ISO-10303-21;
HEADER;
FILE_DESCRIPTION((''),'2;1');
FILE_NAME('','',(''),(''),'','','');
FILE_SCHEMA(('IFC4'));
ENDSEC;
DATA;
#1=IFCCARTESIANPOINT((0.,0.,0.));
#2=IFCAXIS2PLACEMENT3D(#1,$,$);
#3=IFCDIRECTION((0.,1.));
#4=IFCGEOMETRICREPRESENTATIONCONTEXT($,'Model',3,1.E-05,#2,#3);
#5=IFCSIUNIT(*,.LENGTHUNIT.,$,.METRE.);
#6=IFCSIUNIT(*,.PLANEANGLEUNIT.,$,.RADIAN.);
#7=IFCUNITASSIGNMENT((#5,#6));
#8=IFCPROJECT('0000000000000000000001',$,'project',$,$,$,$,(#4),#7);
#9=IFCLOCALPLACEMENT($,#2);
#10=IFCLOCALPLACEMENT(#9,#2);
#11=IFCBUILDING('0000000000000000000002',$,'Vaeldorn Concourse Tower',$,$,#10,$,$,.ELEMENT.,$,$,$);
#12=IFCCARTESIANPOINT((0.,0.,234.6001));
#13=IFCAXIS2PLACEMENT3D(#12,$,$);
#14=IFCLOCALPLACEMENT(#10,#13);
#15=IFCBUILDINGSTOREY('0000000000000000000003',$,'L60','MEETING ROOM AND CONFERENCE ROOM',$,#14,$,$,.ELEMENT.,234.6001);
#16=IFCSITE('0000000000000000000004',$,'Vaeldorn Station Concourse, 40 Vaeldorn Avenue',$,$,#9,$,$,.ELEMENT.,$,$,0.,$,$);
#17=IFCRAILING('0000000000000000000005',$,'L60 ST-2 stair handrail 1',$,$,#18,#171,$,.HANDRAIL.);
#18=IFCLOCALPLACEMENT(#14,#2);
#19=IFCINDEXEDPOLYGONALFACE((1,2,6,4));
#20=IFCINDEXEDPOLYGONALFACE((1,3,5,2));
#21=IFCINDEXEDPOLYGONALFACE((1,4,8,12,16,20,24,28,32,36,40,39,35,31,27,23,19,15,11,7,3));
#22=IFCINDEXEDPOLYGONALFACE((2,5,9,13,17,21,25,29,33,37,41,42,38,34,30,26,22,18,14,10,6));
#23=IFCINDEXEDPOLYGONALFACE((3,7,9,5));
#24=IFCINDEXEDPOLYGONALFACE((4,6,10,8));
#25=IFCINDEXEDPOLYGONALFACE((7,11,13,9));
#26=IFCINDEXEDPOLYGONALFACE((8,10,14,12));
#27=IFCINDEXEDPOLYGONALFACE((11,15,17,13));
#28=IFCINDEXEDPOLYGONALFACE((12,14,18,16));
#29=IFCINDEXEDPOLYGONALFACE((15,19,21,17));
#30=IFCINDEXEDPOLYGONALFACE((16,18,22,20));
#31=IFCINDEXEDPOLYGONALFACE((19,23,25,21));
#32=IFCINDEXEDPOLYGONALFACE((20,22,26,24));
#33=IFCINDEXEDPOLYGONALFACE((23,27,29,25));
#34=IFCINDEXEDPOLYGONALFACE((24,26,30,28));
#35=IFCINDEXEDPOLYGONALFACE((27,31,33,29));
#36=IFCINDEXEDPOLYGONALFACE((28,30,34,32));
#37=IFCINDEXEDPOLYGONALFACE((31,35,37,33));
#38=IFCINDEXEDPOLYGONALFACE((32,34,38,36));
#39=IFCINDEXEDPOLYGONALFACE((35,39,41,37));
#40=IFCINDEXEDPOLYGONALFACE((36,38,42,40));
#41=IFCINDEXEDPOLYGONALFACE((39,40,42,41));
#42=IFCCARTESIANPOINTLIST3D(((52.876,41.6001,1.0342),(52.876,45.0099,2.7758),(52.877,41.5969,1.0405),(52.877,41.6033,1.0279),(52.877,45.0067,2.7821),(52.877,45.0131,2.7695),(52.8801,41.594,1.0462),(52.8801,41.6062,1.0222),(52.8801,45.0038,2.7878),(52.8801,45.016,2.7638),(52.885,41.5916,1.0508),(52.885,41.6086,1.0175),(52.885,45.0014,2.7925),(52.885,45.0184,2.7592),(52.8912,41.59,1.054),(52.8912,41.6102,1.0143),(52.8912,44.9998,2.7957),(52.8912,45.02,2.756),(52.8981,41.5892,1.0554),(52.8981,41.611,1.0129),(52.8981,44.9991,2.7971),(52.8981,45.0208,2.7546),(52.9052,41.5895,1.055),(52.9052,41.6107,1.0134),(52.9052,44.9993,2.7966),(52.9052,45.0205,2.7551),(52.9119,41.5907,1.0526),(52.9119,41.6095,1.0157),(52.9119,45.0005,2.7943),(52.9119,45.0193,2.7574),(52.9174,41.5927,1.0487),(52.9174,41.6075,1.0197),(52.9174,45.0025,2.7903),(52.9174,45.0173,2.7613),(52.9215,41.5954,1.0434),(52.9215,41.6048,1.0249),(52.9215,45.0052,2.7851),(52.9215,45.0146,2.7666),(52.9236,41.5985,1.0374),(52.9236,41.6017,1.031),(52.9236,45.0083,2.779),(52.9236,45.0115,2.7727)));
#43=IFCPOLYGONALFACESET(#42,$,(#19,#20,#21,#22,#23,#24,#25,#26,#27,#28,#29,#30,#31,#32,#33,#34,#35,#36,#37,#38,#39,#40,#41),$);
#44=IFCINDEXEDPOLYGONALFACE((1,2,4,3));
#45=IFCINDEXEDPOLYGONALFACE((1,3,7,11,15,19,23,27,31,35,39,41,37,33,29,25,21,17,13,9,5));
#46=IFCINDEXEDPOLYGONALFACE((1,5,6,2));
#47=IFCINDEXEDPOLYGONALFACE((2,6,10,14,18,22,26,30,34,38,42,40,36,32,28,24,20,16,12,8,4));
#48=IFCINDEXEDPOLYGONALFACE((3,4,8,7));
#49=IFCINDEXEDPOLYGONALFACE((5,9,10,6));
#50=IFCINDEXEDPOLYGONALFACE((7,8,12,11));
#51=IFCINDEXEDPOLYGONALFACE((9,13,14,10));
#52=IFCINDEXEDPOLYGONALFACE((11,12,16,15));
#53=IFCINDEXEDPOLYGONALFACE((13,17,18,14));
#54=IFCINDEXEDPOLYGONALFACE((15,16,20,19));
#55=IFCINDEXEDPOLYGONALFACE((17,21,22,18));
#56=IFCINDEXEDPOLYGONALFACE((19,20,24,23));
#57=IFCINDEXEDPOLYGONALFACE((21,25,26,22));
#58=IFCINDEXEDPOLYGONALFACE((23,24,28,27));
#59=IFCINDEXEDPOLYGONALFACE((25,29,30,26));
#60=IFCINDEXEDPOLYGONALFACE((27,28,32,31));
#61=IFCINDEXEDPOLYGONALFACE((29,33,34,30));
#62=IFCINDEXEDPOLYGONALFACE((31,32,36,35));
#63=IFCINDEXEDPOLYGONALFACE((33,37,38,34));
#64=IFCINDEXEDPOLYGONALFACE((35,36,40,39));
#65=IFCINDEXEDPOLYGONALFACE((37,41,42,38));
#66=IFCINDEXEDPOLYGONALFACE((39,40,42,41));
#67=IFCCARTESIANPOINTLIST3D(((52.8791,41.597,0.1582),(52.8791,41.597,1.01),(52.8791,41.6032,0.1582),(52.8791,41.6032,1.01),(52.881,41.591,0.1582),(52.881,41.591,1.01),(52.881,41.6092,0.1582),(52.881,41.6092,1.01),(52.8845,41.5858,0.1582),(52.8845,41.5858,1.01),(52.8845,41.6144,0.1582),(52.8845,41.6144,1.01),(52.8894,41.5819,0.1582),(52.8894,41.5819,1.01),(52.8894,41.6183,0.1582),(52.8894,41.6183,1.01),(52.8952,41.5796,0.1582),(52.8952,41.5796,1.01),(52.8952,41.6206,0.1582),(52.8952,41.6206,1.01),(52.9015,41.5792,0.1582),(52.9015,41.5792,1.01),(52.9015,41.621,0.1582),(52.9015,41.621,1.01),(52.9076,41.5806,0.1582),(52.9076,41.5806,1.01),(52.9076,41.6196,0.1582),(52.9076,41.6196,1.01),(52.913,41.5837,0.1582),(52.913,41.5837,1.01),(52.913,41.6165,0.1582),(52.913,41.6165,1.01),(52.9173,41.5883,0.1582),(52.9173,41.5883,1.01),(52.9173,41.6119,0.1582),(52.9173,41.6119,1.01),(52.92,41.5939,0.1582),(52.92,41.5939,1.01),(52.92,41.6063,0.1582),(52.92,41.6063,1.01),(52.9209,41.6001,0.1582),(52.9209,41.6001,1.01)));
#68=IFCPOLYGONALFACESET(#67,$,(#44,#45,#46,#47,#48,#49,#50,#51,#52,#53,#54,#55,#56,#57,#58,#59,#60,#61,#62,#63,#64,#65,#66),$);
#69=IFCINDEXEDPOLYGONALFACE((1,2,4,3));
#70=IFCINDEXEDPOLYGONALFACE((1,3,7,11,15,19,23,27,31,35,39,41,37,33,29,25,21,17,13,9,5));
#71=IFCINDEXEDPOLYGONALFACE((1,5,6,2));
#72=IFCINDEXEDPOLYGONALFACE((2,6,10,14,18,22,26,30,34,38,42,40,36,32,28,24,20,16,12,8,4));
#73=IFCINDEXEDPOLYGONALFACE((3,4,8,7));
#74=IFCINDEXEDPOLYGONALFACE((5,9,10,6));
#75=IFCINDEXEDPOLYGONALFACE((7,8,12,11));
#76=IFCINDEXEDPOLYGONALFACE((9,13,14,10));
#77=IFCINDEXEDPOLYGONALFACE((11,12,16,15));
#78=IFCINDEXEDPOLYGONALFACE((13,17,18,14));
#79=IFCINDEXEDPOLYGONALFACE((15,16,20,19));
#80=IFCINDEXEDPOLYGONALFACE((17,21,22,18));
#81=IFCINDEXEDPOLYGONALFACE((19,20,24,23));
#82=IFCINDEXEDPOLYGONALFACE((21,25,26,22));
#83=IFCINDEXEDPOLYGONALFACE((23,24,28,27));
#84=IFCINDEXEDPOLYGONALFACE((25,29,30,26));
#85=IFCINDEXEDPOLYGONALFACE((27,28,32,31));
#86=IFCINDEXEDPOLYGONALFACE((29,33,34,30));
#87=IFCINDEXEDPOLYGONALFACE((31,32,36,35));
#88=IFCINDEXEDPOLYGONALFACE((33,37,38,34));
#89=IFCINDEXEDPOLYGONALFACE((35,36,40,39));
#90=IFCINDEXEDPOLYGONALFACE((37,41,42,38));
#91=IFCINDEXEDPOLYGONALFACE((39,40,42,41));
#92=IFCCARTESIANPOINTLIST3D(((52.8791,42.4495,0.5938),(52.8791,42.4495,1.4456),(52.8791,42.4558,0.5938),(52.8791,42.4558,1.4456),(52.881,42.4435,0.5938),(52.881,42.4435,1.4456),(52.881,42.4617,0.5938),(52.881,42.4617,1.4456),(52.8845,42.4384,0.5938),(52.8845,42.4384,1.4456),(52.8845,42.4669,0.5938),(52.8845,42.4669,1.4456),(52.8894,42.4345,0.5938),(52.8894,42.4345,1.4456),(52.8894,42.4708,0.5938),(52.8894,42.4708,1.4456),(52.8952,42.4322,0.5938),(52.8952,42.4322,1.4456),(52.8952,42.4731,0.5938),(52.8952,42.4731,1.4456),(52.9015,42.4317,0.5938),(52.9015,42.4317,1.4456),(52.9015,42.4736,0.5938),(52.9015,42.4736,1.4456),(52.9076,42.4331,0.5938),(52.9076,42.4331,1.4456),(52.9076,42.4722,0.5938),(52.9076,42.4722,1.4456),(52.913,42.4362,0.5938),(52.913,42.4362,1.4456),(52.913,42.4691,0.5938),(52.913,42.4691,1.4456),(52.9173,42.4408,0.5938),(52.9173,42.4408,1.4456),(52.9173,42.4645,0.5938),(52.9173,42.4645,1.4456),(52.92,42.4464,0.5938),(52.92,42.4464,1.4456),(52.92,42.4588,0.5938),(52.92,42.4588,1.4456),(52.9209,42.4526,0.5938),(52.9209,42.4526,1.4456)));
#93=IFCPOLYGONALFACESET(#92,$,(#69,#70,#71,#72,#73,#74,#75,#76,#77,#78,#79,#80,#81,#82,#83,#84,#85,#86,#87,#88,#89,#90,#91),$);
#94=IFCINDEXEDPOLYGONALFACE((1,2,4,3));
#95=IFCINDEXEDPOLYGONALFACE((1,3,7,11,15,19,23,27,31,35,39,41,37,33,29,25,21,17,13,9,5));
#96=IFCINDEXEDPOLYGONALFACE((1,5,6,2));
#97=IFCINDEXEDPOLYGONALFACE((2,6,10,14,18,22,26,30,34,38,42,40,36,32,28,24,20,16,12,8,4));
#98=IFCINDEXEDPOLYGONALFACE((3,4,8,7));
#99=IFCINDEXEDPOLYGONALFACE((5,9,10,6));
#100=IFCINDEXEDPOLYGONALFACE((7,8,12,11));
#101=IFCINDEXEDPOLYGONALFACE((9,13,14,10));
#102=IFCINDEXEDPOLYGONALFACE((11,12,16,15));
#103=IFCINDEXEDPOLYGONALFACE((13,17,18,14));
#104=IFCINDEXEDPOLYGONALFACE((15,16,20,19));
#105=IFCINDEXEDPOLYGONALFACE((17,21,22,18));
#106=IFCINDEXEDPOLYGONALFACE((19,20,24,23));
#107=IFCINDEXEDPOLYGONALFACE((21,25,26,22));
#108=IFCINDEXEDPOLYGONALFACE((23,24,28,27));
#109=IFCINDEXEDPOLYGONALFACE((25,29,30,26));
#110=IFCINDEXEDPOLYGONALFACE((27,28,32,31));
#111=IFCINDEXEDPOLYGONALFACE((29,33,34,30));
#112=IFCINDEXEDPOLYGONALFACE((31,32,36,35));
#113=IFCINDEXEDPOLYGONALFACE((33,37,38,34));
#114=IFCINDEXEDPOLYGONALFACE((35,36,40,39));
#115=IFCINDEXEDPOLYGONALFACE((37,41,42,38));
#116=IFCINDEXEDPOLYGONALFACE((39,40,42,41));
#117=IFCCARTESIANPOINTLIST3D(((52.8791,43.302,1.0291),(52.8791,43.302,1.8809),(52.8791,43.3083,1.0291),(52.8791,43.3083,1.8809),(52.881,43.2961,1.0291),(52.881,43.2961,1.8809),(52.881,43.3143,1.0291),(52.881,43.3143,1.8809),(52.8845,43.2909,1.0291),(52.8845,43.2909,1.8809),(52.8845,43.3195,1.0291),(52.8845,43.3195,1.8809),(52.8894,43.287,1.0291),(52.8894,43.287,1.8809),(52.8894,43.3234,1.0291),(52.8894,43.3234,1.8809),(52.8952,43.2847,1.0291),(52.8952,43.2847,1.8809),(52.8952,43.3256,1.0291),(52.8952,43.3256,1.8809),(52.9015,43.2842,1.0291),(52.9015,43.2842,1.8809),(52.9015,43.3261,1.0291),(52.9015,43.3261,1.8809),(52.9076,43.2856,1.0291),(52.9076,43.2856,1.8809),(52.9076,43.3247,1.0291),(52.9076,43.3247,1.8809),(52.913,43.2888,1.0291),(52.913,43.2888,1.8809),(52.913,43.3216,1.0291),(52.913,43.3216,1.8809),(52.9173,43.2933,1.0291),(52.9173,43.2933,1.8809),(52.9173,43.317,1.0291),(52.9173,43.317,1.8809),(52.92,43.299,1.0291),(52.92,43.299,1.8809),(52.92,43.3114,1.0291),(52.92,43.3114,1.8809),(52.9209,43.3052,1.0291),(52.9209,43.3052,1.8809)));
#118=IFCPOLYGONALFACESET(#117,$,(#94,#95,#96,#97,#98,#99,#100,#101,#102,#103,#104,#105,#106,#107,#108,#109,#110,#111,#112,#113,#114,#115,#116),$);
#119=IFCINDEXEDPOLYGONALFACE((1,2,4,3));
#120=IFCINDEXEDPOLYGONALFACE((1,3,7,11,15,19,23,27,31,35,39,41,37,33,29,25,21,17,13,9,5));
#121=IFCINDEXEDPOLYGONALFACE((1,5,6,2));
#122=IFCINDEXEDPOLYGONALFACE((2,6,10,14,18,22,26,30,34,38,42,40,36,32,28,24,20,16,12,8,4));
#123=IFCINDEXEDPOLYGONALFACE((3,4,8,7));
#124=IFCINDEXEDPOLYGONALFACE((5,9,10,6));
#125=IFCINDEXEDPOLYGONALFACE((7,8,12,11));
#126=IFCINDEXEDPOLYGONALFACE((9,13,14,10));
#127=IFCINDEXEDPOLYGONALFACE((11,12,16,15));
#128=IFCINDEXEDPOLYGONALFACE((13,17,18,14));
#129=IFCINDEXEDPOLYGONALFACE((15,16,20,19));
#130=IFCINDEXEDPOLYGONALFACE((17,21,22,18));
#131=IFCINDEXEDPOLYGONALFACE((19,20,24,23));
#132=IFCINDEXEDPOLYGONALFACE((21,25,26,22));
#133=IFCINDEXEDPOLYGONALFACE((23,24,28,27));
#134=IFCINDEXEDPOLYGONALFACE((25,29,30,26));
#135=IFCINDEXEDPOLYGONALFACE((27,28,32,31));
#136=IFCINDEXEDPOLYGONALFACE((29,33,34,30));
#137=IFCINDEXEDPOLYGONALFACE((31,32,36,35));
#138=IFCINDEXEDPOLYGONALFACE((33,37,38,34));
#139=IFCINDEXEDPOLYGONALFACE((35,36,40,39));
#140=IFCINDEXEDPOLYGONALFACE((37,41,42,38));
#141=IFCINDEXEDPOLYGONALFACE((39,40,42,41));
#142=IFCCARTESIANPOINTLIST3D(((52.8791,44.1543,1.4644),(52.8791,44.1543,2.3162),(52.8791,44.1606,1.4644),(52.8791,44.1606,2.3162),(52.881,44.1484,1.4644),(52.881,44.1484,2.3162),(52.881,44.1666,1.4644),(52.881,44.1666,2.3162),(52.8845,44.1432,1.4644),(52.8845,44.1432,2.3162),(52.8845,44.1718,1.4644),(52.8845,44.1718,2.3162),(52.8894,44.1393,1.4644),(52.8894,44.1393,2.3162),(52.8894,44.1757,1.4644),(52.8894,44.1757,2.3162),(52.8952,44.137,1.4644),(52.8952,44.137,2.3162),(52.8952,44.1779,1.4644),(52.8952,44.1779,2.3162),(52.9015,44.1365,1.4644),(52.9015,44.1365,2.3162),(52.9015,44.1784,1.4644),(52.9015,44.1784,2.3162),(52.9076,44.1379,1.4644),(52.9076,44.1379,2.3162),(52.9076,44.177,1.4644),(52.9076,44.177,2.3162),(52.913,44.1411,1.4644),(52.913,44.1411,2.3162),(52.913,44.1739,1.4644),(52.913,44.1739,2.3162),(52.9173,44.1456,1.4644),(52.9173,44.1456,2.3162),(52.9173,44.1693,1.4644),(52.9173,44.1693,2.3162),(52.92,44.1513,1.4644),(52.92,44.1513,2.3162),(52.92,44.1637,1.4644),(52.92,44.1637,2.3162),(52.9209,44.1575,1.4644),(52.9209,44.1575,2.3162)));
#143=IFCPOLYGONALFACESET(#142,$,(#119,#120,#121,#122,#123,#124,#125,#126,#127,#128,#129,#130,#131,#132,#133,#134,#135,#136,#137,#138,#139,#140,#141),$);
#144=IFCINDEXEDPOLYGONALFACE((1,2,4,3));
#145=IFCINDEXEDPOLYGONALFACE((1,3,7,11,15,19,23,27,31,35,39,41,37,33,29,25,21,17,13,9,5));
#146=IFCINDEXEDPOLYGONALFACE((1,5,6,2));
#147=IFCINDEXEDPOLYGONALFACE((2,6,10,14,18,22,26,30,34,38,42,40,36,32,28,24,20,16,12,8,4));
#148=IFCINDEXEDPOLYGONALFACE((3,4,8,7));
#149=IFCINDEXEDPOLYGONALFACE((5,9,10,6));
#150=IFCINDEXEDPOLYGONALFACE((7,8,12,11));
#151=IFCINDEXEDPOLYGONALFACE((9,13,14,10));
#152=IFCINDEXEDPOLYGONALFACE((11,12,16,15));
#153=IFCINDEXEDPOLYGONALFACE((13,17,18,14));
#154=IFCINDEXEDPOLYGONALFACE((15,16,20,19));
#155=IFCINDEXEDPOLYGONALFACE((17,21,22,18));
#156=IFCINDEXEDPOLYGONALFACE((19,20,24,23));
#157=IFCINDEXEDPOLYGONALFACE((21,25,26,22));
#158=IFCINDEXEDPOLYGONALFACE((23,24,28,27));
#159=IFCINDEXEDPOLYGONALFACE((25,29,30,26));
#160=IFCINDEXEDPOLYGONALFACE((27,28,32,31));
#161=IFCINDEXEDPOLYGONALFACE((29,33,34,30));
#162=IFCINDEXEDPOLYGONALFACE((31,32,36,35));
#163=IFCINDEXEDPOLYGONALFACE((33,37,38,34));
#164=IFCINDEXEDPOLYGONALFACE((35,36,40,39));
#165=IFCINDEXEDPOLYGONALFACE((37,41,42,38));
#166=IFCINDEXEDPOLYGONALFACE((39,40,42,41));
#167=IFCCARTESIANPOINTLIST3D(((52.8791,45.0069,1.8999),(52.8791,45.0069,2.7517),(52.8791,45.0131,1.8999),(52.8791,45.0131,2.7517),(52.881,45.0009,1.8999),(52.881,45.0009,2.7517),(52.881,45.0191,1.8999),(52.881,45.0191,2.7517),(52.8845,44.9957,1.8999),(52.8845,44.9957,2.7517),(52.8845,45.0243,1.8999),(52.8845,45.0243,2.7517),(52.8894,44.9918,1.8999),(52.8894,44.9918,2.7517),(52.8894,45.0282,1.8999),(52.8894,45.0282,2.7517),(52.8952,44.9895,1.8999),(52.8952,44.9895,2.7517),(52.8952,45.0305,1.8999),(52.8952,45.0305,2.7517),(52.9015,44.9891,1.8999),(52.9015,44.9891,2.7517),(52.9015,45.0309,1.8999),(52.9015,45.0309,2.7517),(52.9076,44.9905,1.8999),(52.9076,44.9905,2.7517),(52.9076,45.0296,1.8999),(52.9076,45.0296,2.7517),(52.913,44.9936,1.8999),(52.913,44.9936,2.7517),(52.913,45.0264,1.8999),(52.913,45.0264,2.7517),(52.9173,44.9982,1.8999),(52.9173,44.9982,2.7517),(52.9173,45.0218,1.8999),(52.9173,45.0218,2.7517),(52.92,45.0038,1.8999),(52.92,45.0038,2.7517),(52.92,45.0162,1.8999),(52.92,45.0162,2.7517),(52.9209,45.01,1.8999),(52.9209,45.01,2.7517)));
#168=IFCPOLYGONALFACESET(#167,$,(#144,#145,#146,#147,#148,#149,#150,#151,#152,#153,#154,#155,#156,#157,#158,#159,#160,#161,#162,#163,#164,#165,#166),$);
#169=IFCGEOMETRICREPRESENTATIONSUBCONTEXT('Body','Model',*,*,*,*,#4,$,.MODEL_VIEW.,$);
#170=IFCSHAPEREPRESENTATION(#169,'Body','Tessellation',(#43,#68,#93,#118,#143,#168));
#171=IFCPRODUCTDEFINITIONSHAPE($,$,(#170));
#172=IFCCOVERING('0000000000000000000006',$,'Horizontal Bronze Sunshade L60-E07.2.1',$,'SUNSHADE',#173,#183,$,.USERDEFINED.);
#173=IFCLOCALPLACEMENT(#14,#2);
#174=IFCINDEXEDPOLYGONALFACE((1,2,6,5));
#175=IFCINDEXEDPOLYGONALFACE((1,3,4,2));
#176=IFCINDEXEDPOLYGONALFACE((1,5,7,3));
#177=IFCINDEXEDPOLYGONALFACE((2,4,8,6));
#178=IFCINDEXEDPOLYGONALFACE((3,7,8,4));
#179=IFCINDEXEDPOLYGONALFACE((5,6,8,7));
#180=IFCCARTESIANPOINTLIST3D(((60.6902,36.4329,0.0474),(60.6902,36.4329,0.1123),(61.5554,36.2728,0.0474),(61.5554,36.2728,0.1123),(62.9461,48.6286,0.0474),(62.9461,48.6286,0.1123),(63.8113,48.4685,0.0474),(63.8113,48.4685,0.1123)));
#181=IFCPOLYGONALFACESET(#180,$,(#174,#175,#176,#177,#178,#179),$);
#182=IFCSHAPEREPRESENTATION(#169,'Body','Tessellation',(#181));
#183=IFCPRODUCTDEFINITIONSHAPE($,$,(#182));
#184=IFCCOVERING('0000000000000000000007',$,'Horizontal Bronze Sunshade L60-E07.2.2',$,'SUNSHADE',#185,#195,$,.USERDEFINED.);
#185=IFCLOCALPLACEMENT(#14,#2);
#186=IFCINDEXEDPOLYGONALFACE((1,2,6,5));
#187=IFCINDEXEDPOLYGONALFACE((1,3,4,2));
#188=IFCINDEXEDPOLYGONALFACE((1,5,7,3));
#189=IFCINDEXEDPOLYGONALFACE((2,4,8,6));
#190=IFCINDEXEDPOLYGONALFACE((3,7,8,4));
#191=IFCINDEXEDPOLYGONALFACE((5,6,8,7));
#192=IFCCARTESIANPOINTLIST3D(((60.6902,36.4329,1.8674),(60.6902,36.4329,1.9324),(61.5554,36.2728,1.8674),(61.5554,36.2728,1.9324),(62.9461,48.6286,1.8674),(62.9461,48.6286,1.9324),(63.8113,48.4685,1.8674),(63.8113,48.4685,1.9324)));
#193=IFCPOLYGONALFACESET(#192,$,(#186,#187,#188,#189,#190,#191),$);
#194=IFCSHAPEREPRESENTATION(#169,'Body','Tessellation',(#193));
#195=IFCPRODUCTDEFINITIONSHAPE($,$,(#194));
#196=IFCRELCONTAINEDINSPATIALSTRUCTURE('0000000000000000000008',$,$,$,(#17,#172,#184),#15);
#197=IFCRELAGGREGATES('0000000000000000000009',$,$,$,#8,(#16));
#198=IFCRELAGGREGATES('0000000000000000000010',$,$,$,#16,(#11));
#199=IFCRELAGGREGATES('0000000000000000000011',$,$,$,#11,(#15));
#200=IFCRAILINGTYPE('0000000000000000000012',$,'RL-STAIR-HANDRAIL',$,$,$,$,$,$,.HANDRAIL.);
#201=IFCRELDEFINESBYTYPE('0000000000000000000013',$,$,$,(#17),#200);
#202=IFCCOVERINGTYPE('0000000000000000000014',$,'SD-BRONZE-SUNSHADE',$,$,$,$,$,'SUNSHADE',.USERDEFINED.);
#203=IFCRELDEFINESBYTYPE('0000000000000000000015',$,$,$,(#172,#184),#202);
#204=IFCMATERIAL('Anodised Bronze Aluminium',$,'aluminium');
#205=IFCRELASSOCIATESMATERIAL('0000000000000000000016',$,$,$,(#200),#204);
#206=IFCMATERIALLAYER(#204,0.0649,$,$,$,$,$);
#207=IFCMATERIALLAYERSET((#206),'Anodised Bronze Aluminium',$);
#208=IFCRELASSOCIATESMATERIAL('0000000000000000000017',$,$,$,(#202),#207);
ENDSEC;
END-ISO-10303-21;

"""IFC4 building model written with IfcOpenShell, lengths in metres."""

from ifc_helpers import new_model, si_unit, direction, frame, origin, origin_2d, place, context, subcontext, project, spatial, rectangle, circle, extrude, source, transform, mapped, material, layer, layer_set, type_object, element, save


model = new_model("IFC4")

# Units and contexts
model_context = context("Model", 3, precision=1e-05, world=origin(), true_north=direction((0.0, 1.0)))
body_context = subcontext(model_context, "Body", "Model", "MODEL_VIEW")
ifc_project = project(units=[si_unit("LENGTHUNIT", "METRE"), si_unit("PLANEANGLEUNIT", "RADIAN")], contexts=[model_context])

# Site, building, storey
site_placement = place(None, origin())
site = spatial("IfcSite", under=ifc_project, at=site_placement, Name="Vaeldorn Station Concourse, 40 Vaeldorn Avenue", CompositionType="ELEMENT", RefElevation=0.0)
building_placement = place(site_placement, origin())
building = spatial("IfcBuilding", under=site, at=building_placement, Name="Vaeldorn Concourse Tower", CompositionType="ELEMENT")
storey_placement = place(building_placement, frame((0.0, 0.0, 234.6001)))
storey = spatial("IfcBuildingStorey", under=building, at=storey_placement, Name="L60", Description="MEETING ROOM AND CONFERENCE ROOM", CompositionType="ELEMENT", Elevation=234.6001)

# Shared definitions
ifc_material_1 = material(Name="Anodised Bronze Aluminium", Category="aluminium")

# Railing
railing_type_1 = type_object("IfcRailingType", Name="RL-STAIR-HANDRAIL", PredefinedType="HANDRAIL", material=ifc_material_1)
railing_1_placement = place(storey_placement, frame((52.8999, 41.6001, 0.1582)))
element("IfcRailing", 1, at=railing_1_placement, inside=storey, type_object=railing_type_1, Name="L60 ST-2 stair handrail 1", PredefinedType="HANDRAIL", context=body_context, shape_type="SweptSolid", body=[
    extrude(circle(Radius=0.0239, at=origin_2d()), frame((0.0, 0.0, 0.876), z_axis=(0.0, 0.890556, 0.454874), x_axis=(-1.0, 0.0, 0.0)), (0.0, 0.0, 1.0), 3.8289),
    extrude(circle(Radius=0.021, at=origin_2d()), origin(), (0.0, 0.0, 1.0), 0.8518),
    extrude(circle(Radius=0.021, at=origin_2d()), frame((0.0, 0.8525, 0.4355)), (0.0, 0.0, 1.0), 0.8518),
    extrude(circle(Radius=0.021, at=origin_2d()), frame((0.0, 1.7051, 0.8708)), (0.0, 0.0, 1.0), 0.8518),
    extrude(circle(Radius=0.021, at=origin_2d()), frame((0.0, 2.5574, 1.3062)), (0.0, 0.0, 1.0), 0.8518),
    extrude(circle(Radius=0.021, at=origin_2d()), frame((0.0, 3.4099, 1.7417)), (0.0, 0.0, 1.0), 0.8518),
])

# Coverings
ifc_layer_1 = layer(ifc_material_1, 0.0649)
ifc_layer_set_1 = layer_set([ifc_layer_1], Name="Anodised Bronze Aluminium")
covering_type = type_object("IfcCoveringType", Name="SD-BRONZE-SUNSHADE", ElementType="SUNSHADE", PredefinedType="USERDEFINED", material=ifc_layer_set_1)
shared_shape_1 = source(origin(), body_context, "Body", "SweptSolid", [
    extrude(rectangle(XDim=12.4026, YDim=0.8799, at=origin_2d()), origin(), (0.0, 0.0, 1.0), 0.0649),
])
for number, where, z_axis, x_axis, name in (
    (2, (62.2507, 42.4507, 0.0474), (0.0, 0.0, 1.0), (0.181892, 0.983318, 0.0), "Horizontal Bronze Sunshade L60-E07.2.1"),
    (3, (62.2507, 42.4507, 1.8674), (0.0, 0.0, 1.0), (0.181892, 0.983318, 0.0), "Horizontal Bronze Sunshade L60-E07.2.2"),
):
    element("IfcCovering", number, at=place(storey_placement, frame(where, z_axis=z_axis, x_axis=x_axis)), inside=storey, type_object=covering_type, Name=name, ObjectType="SUNSHADE", PredefinedType="USERDEFINED", context=body_context, shape_type="MappedRepresentation", body=[
        mapped(shared_shape_1, transform((0.0, 0.0, 0.0), scale=1.0)),
    ])

save(model, "model.ifc")
